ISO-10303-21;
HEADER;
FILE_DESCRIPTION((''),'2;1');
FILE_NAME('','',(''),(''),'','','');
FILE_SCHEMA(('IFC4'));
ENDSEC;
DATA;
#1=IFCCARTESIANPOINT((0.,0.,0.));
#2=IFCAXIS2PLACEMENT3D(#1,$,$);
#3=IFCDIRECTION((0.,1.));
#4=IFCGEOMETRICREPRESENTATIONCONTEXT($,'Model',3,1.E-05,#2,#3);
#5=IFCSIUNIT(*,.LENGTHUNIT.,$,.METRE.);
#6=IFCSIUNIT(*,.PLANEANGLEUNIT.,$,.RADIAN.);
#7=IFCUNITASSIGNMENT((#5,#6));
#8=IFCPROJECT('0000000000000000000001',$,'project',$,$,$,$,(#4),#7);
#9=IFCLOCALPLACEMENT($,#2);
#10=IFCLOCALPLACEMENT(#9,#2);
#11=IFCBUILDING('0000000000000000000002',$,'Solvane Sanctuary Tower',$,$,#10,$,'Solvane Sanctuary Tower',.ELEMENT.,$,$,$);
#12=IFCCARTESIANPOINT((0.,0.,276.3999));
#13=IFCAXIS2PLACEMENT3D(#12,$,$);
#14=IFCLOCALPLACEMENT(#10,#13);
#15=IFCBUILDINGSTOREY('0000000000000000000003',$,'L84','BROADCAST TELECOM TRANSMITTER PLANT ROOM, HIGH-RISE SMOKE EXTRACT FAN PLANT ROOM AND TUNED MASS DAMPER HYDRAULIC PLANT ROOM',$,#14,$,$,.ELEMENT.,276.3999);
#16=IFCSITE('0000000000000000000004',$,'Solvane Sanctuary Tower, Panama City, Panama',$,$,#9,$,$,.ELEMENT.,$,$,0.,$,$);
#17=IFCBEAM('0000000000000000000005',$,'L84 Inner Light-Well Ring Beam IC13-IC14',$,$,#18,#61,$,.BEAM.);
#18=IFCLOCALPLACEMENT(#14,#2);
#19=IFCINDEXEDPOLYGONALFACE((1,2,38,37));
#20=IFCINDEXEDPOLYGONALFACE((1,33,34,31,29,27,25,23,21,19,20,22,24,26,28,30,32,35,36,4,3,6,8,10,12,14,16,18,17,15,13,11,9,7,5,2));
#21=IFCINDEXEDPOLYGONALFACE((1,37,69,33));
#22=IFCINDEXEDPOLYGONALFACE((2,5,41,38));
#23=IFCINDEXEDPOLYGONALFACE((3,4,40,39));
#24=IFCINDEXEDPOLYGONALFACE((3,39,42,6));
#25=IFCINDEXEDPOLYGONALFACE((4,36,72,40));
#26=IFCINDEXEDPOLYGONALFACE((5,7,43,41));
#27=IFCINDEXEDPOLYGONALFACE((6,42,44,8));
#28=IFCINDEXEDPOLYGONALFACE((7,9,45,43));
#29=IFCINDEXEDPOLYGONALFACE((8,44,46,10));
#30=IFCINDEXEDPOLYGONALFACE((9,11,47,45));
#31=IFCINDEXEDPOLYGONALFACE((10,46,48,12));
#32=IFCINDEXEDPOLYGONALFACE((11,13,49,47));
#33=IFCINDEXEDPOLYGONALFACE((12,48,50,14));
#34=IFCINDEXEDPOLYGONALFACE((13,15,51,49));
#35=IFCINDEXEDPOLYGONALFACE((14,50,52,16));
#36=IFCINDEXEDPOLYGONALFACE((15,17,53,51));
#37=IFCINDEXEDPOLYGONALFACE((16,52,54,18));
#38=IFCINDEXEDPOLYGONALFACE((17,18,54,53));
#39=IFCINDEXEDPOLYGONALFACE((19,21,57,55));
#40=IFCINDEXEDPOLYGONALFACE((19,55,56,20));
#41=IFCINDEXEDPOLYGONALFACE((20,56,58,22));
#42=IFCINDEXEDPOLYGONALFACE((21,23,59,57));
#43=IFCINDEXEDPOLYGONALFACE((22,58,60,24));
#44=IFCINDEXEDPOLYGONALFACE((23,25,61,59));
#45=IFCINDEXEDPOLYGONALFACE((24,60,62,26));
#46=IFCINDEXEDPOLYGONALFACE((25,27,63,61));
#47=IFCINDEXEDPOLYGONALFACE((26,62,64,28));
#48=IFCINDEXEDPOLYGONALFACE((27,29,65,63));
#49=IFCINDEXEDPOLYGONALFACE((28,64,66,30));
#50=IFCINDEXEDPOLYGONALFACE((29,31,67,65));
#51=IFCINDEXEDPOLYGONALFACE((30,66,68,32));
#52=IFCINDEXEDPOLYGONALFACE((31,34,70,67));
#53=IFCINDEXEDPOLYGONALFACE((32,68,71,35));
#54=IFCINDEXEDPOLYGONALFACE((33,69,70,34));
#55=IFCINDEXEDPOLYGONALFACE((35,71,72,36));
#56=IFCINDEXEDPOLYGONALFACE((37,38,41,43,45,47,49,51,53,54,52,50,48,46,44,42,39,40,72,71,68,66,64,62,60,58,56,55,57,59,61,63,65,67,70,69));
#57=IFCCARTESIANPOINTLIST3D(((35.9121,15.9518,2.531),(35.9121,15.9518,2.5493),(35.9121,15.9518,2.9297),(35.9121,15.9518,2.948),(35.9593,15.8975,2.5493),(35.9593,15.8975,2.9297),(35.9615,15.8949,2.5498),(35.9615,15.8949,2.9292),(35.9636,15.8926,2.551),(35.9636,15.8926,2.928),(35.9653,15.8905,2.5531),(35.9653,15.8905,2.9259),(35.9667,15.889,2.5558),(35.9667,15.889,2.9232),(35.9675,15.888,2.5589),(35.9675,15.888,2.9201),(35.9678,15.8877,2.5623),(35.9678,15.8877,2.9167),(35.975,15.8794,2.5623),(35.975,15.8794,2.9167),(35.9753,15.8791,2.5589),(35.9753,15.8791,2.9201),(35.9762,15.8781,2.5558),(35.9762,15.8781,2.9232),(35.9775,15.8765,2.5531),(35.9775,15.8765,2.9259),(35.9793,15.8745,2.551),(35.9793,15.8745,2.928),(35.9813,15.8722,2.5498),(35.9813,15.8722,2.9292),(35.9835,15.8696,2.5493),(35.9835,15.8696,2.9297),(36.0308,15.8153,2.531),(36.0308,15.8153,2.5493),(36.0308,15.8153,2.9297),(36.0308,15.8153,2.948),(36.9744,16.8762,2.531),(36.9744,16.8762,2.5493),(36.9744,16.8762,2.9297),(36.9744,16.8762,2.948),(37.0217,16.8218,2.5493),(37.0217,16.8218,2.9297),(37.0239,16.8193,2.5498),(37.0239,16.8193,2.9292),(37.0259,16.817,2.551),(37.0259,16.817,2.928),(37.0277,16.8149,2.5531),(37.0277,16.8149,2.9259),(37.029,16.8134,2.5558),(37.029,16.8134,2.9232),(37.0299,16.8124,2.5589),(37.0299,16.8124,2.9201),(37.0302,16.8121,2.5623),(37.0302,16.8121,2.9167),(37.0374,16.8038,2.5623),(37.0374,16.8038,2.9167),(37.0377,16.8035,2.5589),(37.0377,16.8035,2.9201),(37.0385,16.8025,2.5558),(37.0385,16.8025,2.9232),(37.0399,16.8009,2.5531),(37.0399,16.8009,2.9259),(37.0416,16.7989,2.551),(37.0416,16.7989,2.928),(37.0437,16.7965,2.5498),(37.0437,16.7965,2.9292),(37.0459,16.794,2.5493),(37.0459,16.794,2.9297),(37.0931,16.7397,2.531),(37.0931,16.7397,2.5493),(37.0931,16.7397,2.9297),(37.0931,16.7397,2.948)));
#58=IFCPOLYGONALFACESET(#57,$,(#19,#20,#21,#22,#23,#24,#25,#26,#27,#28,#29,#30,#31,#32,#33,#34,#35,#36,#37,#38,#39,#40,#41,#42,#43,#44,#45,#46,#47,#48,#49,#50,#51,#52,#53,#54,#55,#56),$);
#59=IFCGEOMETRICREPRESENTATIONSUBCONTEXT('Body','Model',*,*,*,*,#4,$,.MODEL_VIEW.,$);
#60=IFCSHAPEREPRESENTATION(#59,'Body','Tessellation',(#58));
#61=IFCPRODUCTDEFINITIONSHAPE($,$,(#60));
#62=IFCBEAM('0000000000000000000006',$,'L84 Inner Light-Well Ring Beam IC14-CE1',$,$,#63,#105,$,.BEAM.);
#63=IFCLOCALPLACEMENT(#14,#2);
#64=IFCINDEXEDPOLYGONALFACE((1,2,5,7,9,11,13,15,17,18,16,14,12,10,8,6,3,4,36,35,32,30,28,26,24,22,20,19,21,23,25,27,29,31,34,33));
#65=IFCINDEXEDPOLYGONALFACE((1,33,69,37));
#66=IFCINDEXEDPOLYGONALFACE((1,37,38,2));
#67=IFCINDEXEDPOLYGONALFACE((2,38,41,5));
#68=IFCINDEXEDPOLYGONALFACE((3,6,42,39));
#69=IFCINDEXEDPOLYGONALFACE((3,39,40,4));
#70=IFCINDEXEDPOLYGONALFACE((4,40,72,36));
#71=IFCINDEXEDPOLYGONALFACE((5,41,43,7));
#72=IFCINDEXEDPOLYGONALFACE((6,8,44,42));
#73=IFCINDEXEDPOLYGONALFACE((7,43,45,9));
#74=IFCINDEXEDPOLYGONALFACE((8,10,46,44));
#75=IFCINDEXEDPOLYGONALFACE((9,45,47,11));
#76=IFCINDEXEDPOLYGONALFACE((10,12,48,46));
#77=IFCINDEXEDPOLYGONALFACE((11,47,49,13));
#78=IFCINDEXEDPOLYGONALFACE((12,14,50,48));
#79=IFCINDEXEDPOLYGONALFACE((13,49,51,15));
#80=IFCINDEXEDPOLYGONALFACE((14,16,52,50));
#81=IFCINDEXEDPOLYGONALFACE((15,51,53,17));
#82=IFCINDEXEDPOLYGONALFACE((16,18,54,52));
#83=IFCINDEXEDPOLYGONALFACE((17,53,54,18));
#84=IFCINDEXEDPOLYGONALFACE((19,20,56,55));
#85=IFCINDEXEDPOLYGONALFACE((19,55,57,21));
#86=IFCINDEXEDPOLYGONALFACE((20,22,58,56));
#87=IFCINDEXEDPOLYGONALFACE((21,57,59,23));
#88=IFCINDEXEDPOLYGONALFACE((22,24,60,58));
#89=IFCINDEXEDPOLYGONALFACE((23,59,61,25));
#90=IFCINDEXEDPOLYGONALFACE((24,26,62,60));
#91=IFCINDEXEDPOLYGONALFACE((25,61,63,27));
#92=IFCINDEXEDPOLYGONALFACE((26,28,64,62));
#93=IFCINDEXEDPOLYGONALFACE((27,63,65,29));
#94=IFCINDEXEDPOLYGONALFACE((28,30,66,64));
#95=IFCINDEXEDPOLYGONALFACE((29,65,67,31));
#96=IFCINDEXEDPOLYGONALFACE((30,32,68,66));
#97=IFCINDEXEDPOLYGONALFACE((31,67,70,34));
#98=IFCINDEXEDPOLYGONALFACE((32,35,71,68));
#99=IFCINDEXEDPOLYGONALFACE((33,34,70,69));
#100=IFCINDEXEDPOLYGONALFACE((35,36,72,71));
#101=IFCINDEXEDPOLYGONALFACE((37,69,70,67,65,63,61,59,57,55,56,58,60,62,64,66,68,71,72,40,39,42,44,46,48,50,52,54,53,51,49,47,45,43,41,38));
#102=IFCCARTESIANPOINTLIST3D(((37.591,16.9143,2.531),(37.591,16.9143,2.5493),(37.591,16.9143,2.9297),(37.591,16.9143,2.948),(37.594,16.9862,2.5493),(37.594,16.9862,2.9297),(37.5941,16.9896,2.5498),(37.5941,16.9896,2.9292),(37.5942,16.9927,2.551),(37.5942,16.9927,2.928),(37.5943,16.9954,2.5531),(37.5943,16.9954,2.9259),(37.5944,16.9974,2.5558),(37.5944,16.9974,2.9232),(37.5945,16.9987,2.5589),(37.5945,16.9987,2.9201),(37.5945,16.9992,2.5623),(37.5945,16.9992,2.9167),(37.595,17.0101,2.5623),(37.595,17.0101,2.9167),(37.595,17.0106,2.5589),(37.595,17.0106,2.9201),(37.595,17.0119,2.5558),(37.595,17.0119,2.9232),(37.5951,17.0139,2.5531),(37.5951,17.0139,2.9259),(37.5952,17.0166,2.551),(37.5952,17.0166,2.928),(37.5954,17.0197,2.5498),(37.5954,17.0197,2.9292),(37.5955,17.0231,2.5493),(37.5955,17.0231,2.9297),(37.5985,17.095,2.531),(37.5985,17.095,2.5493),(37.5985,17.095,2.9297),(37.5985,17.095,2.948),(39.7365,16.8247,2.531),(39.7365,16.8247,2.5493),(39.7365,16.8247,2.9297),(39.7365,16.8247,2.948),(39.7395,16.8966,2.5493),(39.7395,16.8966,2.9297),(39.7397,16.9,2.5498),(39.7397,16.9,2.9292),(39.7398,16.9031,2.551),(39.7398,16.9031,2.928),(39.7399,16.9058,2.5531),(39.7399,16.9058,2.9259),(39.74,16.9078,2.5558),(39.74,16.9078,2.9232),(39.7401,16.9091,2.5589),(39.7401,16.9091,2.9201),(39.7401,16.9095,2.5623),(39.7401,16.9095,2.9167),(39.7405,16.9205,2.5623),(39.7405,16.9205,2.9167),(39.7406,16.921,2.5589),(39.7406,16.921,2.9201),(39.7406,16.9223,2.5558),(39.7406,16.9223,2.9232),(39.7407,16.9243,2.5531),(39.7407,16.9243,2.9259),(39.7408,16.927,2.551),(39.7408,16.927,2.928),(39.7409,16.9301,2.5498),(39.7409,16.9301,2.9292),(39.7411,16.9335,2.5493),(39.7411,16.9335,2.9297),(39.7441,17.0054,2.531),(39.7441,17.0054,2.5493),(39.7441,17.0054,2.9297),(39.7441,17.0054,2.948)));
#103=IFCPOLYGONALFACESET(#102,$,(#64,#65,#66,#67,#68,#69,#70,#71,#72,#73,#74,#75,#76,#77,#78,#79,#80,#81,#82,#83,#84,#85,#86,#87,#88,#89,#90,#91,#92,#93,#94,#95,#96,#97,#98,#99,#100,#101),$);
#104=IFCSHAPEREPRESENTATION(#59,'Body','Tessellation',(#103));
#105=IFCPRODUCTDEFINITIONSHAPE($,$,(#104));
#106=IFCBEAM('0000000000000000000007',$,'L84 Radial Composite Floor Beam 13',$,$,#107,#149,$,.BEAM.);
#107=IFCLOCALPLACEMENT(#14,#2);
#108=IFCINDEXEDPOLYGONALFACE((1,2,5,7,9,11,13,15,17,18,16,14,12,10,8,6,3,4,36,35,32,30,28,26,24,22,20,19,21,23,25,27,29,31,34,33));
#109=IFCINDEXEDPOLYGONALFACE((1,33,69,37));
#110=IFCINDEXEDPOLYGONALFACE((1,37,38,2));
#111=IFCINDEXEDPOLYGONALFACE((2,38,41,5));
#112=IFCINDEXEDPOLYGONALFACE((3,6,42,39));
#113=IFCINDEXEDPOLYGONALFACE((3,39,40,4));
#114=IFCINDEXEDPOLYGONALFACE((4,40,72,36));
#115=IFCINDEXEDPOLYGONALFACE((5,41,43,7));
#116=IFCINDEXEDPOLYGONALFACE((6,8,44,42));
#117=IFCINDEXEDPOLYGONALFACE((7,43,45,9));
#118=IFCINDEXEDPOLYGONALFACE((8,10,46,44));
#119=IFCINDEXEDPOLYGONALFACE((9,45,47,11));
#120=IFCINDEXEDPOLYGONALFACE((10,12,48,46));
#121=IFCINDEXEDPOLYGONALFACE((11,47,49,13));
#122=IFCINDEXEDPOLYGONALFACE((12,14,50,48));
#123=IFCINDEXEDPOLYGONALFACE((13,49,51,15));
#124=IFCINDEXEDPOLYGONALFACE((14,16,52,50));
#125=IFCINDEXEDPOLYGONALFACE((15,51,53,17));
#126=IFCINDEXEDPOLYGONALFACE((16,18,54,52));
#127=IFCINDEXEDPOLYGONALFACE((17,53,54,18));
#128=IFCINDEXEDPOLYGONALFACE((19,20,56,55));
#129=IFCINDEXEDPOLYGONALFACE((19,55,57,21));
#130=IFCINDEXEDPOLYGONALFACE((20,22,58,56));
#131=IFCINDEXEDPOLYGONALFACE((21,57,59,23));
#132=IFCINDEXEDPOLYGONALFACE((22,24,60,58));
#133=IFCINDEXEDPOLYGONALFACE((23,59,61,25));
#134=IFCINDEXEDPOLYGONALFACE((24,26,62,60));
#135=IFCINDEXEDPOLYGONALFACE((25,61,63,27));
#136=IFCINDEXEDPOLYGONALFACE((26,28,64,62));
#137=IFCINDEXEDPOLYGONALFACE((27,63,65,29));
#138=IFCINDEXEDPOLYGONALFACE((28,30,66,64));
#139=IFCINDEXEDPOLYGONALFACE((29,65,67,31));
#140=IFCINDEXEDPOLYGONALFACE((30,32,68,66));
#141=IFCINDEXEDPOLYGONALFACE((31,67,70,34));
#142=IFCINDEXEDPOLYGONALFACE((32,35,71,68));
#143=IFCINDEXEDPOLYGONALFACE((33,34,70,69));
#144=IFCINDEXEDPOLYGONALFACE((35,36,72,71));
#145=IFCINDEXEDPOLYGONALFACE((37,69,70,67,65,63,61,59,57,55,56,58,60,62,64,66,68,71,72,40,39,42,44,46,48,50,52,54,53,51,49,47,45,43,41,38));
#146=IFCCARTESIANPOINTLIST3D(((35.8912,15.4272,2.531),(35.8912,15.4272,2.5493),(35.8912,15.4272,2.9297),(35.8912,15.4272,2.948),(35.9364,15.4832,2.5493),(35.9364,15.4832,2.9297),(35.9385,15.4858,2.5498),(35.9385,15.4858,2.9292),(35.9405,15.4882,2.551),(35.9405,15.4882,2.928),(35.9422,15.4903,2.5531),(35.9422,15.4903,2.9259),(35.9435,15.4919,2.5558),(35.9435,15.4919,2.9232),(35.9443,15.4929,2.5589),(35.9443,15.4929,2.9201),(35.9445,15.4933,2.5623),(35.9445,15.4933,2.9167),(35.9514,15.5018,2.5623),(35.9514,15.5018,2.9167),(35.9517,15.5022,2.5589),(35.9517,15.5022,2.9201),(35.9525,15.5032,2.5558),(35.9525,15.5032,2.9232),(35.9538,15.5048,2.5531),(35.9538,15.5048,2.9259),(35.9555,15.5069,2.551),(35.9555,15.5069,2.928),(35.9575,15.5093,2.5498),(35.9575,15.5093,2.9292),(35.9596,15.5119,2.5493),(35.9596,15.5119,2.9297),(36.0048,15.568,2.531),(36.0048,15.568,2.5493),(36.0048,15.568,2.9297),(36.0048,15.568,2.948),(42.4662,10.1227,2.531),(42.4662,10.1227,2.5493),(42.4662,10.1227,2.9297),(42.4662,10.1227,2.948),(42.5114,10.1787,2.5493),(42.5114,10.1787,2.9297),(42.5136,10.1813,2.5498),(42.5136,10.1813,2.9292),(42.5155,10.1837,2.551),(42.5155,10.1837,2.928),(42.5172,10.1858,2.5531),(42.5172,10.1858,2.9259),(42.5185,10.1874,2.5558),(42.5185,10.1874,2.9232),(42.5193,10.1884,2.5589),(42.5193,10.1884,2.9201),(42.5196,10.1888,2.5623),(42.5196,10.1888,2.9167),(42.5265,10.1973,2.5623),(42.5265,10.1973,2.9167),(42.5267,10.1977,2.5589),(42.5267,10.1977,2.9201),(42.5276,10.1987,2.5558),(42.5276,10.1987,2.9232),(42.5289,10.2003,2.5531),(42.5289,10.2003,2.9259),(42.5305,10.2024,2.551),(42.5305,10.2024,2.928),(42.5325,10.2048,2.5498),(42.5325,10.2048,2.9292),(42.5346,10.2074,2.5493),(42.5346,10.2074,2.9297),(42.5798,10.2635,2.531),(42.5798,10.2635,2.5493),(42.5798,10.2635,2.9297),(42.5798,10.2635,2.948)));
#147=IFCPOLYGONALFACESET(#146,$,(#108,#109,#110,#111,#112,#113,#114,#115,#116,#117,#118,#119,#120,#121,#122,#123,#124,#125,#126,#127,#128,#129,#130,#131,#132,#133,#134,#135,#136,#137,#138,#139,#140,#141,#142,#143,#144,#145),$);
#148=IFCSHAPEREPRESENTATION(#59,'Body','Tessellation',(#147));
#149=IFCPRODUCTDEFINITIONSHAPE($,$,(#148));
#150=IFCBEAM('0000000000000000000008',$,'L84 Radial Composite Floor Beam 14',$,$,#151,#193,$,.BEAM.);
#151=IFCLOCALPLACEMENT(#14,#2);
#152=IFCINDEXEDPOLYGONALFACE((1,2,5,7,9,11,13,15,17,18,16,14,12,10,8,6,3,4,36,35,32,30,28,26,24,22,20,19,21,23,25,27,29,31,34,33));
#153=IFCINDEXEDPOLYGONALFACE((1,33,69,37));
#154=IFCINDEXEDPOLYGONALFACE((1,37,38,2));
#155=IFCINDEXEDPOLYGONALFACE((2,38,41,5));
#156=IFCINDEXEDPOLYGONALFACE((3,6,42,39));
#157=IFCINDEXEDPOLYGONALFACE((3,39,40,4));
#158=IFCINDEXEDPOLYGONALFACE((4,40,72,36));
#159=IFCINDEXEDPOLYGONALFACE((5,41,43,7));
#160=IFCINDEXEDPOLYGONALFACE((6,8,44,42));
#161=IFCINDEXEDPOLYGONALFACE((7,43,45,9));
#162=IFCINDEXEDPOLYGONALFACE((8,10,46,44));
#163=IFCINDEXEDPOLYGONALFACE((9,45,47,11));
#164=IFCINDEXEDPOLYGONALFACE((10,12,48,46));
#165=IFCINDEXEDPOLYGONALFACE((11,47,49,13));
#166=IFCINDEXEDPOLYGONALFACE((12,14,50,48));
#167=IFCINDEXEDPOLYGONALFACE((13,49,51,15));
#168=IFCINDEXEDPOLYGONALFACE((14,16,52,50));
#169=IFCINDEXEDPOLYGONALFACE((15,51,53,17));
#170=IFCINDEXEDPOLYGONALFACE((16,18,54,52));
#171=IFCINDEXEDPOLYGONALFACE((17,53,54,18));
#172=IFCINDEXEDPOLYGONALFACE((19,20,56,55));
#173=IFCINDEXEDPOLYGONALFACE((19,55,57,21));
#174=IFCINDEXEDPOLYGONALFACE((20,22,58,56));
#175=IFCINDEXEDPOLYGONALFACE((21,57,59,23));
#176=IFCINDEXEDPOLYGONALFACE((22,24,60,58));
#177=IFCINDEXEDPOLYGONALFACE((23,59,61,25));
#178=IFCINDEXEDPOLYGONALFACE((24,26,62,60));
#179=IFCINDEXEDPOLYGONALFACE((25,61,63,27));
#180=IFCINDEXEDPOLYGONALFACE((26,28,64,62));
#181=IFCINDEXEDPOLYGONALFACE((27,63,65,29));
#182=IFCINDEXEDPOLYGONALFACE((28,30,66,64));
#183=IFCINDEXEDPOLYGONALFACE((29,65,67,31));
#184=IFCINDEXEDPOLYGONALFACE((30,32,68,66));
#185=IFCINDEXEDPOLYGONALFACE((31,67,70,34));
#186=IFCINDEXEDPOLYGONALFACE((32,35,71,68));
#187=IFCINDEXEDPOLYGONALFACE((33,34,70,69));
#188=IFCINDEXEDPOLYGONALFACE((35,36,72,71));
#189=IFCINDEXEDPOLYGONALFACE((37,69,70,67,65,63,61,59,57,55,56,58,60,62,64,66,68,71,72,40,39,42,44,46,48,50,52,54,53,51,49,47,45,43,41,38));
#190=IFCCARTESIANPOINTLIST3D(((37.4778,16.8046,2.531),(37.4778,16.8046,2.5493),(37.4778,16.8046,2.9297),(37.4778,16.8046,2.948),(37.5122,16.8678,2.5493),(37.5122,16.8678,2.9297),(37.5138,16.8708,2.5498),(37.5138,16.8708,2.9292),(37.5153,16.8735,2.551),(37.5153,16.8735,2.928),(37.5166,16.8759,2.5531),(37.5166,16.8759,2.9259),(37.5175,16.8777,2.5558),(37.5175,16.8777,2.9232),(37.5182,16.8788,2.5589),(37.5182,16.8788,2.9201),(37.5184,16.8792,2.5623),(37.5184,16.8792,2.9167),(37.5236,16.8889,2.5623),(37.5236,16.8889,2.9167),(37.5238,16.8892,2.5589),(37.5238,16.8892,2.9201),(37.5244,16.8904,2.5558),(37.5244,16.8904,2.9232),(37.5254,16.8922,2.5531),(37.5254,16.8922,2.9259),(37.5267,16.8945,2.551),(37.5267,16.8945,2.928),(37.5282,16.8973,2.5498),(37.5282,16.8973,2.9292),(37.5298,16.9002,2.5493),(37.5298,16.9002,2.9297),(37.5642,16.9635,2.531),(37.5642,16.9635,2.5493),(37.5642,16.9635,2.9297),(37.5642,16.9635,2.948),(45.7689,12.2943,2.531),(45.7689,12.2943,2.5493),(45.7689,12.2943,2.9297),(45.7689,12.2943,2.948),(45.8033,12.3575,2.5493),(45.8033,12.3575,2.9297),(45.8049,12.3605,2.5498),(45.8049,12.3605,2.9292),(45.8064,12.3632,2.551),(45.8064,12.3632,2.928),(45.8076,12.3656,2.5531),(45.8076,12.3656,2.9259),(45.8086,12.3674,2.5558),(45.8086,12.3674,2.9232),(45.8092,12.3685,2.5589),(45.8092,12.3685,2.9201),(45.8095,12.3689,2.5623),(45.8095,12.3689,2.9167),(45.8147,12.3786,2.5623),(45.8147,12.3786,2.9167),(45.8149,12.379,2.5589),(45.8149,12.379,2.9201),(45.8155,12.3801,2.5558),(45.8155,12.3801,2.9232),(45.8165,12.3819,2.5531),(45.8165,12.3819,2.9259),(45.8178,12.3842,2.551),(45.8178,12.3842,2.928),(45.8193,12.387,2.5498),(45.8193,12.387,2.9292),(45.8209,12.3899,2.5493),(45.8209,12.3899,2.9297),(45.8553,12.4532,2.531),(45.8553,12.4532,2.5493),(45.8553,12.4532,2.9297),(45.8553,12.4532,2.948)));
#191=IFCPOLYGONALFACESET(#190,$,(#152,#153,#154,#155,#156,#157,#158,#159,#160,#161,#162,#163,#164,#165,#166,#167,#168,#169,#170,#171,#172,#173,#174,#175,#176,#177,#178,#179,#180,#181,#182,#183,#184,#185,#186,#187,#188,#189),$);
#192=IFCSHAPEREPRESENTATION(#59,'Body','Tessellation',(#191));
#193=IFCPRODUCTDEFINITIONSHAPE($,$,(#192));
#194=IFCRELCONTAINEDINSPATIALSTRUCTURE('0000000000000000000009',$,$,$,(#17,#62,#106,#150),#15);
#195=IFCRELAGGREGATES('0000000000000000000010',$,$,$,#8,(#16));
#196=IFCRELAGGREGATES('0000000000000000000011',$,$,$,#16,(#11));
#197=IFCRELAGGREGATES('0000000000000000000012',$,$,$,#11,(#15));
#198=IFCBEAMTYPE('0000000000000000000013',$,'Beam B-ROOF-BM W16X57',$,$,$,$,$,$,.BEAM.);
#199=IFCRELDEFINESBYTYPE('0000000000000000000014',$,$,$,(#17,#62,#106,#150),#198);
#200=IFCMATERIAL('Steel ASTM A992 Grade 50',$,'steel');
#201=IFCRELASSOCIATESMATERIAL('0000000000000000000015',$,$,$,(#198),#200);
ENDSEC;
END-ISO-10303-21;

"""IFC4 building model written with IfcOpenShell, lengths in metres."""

from ifc_helpers import new_model, si_unit, direction, frame, origin, origin_2d, place, context, subcontext, project, spatial, i_section, extrude, material, material_profile, profile_set, type_object, element, save


model = new_model("IFC4")

# Units and contexts
model_context = context("Model", 3, precision=1e-05, world=origin(), true_north=direction((0.0, 1.0)))
body_context = subcontext(model_context, "Body", "Model", "MODEL_VIEW")
ifc_project = project(units=[si_unit("LENGTHUNIT", "METRE"), si_unit("PLANEANGLEUNIT", "RADIAN")], contexts=[model_context])

# Site, building, storey
site_placement = place(None, origin())
site = spatial("IfcSite", under=ifc_project, at=site_placement, Name="Solvane Sanctuary Tower, Panama City, Panama", CompositionType="ELEMENT", RefElevation=0.0)
building_placement = place(site_placement, origin())
building = spatial("IfcBuilding", under=site, at=building_placement, Name="Solvane Sanctuary Tower", LongName="Solvane Sanctuary Tower", CompositionType="ELEMENT")
storey_placement = place(building_placement, frame((0.0, 0.0, 276.3999)))
storey = spatial("IfcBuildingStorey", under=building, at=storey_placement, Name="L84", Description="BROADCAST TELECOM TRANSMITTER PLANT ROOM, HIGH-RISE SMOKE EXTRACT FAN PLANT ROOM AND TUNED MASS DAMPER HYDRAULIC PLANT ROOM", CompositionType="ELEMENT", Elevation=276.3999)

# Beams
ifc_material_1 = material(Name="Steel ASTM A992 Grade 50", Category="steel")
ifc_material_profile_1 = material_profile(ifc_material_1, i_section(OverallWidth=0.1809, OverallDepth=0.417, WebThickness=0.011, FlangeThickness=0.0183, FilletRadius=0.0129, at=origin_2d()), Name="W16X57")
ifc_profile_set_1 = profile_set([ifc_material_profile_1], Name="Steel ASTM A992 Grade 50")
beam_type_1 = type_object("IfcBeamType", Name="Beam B-ROOF-BM W16X57", PredefinedType="BEAM", material=ifc_profile_set_1)
beam_1_placement = place(storey_placement, frame((35.9714, 15.8835, 2.7395), z_axis=(0.754389, 0.656428, 0.0), x_axis=(-0.656428, 0.754389, 0.0)))
element("IfcBeam", 1, at=beam_1_placement, inside=storey, type_object=beam_type_1, Name="L84 Inner Light-Well Ring Beam IC13-IC14", PredefinedType="BEAM", context=body_context, shape_type="SweptSolid", body=[
    extrude(i_section(OverallWidth=0.1809, OverallDepth=0.417, WebThickness=0.011, FlangeThickness=0.0183, FilletRadius=0.0129, at=origin_2d()), origin(), (0.0, 0.0, 1.0), 1.4082),
])
beam_2_placement = place(storey_placement, frame((37.5947, 17.0046, 2.7395), z_axis=(0.999129, -0.041725, 0.0), x_axis=(0.041725, 0.999129, 0.0)))
element("IfcBeam", 2, at=beam_2_placement, inside=storey, type_object=beam_type_1, Name="L84 Inner Light-Well Ring Beam IC14-CE1", PredefinedType="BEAM", context=body_context, shape_type="SweptSolid", body=[
    extrude(i_section(OverallWidth=0.1809, OverallDepth=0.417, WebThickness=0.011, FlangeThickness=0.0183, FilletRadius=0.0129, at=origin_2d()), origin(), (0.0, 0.0, 1.0), 2.1475),
])
beam_3_placement = place(storey_placement, frame((35.948, 15.4976, 2.7395), z_axis=(0.778294, -0.6279, 0.0), x_axis=(0.6279, 0.778294, 0.0)))
element("IfcBeam", 3, at=beam_3_placement, inside=storey, type_object=beam_type_1, Name="L84 Radial Composite Floor Beam 13", PredefinedType="BEAM", context=body_context, shape_type="SweptSolid", body=[
    extrude(i_section(OverallWidth=0.1809, OverallDepth=0.417, WebThickness=0.011, FlangeThickness=0.0183, FilletRadius=0.0129, at=origin_2d()), origin(), (0.0, 0.0, 1.0), 8.448),
])
beam_4_placement = place(storey_placement, frame((37.521, 16.884, 2.7395), z_axis=(0.878435, -0.477862, 0.0), x_axis=(0.477862, 0.878435, 0.0)))
element("IfcBeam", 4, at=beam_4_placement, inside=storey, type_object=beam_type_1, Name="L84 Radial Composite Floor Beam 14", PredefinedType="BEAM", context=body_context, shape_type="SweptSolid", body=[
    extrude(i_section(OverallWidth=0.1809, OverallDepth=0.417, WebThickness=0.011, FlangeThickness=0.0183, FilletRadius=0.0129, at=origin_2d()), origin(), (0.0, 0.0, 1.0), 9.4385),
])

save(model, "model.ifc")
